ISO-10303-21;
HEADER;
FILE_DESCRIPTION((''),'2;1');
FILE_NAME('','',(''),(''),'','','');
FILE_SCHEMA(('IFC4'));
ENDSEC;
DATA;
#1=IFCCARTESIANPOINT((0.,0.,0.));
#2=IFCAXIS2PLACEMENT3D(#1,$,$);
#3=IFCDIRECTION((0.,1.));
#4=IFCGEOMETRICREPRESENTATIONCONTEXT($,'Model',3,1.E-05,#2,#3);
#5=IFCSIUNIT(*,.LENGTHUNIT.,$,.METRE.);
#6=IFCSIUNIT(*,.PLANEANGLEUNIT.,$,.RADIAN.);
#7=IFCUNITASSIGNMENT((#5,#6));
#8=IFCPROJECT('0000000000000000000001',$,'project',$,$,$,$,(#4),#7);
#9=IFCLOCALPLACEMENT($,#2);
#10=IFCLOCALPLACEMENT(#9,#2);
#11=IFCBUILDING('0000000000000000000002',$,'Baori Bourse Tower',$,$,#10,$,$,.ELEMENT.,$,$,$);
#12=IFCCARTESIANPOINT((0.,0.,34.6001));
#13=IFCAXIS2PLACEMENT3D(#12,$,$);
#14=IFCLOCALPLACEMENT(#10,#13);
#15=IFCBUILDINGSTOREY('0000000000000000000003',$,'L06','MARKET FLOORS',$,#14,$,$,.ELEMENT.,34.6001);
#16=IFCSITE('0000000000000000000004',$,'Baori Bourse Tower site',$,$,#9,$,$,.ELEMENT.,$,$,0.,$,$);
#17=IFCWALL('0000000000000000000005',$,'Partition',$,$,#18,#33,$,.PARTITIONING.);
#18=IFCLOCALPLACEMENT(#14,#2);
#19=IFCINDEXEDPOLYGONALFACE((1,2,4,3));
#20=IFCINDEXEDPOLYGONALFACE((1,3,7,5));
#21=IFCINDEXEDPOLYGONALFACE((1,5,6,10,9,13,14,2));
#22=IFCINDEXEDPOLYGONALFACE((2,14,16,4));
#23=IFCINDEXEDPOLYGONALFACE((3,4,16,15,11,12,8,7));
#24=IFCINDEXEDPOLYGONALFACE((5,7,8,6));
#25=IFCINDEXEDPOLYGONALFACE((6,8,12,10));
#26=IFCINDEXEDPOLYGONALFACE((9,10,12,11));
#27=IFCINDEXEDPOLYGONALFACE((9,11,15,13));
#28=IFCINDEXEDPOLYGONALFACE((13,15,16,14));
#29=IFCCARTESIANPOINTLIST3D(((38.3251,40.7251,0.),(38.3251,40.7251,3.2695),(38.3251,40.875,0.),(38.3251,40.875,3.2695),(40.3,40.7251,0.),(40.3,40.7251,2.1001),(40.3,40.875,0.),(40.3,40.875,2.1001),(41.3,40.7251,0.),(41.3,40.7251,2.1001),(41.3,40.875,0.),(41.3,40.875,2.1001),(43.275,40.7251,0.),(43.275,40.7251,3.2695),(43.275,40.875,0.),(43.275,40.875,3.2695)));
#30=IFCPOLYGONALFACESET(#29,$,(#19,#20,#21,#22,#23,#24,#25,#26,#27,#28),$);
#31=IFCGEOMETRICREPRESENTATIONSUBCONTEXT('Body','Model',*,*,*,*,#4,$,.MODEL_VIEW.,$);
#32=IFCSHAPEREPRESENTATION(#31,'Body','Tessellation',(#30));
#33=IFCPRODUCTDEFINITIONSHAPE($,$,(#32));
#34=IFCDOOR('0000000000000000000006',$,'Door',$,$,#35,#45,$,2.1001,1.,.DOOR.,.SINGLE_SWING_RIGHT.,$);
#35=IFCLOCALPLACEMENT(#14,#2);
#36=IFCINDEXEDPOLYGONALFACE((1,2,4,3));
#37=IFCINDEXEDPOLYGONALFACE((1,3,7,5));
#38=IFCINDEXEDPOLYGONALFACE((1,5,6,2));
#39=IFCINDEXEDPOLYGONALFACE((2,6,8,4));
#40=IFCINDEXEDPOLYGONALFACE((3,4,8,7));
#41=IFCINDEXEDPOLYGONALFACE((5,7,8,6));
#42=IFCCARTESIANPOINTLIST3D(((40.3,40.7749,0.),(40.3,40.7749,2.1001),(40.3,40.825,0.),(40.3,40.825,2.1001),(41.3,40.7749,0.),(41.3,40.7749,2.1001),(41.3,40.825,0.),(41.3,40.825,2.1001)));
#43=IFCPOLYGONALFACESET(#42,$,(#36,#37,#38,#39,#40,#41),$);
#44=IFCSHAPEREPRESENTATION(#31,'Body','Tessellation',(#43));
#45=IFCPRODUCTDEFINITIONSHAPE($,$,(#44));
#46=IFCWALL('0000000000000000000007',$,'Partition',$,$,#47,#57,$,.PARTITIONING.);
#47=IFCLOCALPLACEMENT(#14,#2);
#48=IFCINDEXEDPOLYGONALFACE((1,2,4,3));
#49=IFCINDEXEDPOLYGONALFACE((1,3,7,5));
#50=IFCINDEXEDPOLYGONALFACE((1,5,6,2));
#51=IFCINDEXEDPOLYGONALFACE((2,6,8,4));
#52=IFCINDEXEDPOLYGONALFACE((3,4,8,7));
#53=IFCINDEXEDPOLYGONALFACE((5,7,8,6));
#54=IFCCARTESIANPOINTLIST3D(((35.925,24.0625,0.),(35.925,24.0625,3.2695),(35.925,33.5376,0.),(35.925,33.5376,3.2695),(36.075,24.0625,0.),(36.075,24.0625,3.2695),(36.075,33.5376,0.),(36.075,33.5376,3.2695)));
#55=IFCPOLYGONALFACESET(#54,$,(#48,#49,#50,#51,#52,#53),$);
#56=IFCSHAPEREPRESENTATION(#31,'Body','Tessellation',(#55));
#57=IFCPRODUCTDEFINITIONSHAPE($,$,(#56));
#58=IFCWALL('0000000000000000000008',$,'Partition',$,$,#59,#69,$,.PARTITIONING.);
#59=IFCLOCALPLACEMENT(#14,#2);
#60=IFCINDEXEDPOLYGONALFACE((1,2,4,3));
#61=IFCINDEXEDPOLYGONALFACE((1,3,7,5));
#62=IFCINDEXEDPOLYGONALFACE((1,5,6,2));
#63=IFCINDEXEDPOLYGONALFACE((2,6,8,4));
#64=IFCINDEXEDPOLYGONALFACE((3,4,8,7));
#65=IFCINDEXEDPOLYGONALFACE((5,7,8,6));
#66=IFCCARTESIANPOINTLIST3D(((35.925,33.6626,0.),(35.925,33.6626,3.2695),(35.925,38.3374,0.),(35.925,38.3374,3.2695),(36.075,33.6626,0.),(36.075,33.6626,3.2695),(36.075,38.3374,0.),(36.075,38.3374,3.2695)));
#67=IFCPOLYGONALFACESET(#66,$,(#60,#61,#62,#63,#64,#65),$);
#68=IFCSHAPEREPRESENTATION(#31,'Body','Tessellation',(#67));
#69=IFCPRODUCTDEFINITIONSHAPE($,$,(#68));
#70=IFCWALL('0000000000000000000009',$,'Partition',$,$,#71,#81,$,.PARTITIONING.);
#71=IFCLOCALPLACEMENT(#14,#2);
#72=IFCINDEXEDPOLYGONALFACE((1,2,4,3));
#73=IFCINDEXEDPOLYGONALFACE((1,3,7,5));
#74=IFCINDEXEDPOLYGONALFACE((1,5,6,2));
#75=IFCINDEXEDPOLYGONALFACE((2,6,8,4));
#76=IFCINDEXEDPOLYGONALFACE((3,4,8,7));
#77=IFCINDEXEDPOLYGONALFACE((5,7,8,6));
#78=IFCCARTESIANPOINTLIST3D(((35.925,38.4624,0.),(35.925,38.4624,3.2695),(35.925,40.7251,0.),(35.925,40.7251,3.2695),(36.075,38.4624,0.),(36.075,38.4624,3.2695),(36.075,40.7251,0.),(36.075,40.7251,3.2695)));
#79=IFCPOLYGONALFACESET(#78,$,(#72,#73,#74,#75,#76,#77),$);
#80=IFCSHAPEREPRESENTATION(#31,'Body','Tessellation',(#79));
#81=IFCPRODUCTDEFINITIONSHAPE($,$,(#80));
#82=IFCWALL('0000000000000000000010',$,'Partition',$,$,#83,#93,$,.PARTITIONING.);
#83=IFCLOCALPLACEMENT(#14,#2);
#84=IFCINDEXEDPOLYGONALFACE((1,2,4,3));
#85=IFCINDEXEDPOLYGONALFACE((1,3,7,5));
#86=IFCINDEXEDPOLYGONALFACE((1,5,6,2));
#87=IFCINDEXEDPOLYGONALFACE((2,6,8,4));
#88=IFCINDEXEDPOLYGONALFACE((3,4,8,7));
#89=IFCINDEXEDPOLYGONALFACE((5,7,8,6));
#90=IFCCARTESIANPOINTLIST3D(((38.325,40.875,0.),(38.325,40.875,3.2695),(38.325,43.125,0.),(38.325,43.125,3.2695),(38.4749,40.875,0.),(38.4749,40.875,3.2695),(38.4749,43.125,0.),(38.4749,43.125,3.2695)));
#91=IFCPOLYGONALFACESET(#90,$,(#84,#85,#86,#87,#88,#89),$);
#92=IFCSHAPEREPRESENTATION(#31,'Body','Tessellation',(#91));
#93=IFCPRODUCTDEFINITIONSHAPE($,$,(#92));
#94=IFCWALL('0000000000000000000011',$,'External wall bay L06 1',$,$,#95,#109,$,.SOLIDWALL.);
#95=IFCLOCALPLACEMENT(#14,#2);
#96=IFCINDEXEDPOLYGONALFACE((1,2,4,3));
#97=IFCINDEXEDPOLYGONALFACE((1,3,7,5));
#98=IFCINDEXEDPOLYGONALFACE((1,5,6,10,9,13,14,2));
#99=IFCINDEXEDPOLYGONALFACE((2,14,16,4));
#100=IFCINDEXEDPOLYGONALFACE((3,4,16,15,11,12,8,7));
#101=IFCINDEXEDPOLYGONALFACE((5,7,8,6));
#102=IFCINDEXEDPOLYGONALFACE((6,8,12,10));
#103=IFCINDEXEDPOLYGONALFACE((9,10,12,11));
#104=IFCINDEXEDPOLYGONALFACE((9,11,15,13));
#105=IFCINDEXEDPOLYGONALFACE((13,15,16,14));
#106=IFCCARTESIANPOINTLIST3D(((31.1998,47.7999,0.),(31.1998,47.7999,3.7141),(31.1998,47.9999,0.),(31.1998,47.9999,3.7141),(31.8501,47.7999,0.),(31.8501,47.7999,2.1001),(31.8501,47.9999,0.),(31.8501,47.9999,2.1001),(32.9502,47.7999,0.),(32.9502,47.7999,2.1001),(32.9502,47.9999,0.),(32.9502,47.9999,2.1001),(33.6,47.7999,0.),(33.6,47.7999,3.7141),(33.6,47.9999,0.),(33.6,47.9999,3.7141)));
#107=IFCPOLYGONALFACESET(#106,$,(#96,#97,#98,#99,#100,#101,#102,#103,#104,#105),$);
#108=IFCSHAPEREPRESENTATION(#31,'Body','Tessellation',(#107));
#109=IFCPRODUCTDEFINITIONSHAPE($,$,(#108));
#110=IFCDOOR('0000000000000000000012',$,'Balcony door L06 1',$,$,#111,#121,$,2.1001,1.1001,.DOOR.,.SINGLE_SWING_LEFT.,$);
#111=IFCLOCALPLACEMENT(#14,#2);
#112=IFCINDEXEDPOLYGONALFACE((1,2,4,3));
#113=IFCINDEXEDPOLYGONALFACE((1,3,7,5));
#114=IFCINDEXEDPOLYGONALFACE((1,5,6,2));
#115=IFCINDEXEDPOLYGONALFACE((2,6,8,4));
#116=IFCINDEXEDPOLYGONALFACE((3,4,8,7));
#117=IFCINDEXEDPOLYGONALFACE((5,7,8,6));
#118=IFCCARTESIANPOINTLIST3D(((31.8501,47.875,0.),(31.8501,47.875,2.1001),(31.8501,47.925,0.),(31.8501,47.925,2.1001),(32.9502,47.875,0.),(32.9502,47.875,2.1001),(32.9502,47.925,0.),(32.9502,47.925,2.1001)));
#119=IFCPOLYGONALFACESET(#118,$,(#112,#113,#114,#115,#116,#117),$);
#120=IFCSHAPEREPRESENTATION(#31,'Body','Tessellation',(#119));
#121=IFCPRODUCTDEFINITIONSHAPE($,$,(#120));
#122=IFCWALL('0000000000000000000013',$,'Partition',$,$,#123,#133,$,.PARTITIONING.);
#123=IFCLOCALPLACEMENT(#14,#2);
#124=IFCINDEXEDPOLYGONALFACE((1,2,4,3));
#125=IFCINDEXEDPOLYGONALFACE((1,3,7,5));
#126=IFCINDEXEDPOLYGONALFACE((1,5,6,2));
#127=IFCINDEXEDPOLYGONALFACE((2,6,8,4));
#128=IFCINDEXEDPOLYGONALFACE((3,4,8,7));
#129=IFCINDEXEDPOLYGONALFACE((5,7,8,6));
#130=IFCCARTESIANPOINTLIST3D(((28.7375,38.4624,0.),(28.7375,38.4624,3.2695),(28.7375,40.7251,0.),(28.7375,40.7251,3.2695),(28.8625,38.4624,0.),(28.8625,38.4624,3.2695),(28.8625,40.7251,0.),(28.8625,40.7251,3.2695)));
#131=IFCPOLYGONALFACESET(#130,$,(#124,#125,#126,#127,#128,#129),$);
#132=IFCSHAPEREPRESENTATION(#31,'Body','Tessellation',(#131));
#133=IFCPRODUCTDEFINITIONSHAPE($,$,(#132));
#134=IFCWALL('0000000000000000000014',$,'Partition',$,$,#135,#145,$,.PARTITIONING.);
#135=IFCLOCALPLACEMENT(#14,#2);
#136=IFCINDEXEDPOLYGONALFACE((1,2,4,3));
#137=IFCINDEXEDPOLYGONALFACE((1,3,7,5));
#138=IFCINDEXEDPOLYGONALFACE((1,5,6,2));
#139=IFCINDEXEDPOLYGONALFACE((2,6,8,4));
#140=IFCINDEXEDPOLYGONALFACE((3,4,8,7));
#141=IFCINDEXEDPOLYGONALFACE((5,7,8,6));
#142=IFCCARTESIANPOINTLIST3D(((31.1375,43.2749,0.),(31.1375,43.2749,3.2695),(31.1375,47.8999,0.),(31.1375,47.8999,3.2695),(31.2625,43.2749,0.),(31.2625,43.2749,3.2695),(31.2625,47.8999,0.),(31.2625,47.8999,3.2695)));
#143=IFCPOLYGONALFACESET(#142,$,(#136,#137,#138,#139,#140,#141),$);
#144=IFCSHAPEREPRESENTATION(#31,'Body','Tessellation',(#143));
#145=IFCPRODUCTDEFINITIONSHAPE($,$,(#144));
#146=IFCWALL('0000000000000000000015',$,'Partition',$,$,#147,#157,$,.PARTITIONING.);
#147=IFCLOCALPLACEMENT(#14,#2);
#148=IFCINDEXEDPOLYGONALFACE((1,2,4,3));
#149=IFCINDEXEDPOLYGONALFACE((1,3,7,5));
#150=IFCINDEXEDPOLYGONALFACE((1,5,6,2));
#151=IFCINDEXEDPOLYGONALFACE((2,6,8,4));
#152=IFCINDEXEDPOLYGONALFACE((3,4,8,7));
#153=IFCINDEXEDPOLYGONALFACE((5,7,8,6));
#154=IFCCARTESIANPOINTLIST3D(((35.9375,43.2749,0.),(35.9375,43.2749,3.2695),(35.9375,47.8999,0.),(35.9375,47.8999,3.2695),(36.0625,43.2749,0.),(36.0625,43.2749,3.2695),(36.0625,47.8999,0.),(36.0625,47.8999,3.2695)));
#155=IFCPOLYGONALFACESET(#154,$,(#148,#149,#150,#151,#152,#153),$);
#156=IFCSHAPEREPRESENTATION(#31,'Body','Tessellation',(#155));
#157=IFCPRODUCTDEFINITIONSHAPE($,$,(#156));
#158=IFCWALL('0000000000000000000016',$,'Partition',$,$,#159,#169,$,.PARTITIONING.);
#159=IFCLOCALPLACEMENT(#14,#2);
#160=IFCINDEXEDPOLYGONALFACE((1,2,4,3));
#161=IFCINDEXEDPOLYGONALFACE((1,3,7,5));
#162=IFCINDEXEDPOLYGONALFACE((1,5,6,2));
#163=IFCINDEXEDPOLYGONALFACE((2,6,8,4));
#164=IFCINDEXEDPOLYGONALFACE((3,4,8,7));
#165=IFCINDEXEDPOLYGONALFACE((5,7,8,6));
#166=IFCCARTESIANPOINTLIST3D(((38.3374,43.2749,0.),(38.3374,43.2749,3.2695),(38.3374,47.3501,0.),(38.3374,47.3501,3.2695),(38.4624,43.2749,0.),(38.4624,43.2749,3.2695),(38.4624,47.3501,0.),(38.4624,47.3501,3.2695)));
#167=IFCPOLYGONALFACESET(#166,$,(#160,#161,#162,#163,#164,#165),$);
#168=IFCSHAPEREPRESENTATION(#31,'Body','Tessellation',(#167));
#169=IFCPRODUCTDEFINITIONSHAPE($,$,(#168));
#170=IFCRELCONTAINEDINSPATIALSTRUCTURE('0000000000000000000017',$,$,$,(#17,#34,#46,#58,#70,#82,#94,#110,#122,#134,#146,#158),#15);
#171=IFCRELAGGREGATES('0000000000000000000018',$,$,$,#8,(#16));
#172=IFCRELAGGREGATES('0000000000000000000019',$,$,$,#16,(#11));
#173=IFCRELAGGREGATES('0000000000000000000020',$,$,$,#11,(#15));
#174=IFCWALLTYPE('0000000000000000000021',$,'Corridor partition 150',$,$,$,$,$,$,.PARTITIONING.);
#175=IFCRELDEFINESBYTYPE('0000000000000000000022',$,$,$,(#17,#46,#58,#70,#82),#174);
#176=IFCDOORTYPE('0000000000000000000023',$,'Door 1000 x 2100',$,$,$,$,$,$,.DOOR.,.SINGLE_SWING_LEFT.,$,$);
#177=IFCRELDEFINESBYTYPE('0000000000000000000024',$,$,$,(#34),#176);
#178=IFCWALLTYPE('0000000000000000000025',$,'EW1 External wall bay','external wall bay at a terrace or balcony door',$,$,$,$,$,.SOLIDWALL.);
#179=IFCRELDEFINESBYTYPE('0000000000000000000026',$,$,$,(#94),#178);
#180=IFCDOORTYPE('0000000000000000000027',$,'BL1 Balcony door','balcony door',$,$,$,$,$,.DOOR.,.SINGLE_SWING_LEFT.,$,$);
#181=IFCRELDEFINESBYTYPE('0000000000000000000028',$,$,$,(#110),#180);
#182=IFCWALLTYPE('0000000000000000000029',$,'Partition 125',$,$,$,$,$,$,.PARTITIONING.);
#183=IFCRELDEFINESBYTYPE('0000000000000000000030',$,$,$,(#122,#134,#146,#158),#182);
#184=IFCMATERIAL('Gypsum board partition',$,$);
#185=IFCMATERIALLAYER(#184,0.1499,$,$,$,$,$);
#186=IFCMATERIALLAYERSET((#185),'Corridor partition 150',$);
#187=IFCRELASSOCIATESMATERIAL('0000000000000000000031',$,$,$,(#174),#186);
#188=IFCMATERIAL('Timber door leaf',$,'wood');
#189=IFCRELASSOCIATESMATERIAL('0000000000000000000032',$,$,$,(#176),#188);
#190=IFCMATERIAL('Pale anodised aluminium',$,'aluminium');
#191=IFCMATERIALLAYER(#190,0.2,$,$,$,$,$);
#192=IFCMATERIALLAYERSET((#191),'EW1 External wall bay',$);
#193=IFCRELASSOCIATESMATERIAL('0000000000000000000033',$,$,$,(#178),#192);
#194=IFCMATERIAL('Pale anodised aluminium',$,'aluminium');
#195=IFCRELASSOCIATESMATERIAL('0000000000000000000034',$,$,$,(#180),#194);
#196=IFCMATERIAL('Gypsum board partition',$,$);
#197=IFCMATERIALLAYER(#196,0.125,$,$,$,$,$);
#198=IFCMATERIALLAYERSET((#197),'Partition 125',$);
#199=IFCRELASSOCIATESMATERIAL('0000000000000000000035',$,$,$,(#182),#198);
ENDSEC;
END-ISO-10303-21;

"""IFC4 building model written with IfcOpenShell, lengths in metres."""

from ifc_helpers import new_model, si_unit, direction, frame, frame_2d, origin, place, context, subcontext, project, spatial, rectangle, extrude, material, layer, layer_set, type_object, element, fill, save


model = new_model("IFC4")

# Units and contexts
model_context = context("Model", 3, precision=1e-05, world=origin(), true_north=direction((0.0, 1.0)))
body_context = subcontext(model_context, "Body", "Model", "MODEL_VIEW")
ifc_project = project(units=[si_unit("LENGTHUNIT", "METRE"), si_unit("PLANEANGLEUNIT", "RADIAN")], contexts=[model_context])

# Site, building, storey
site_placement = place(None, origin())
site = spatial("IfcSite", under=ifc_project, at=site_placement, Name="Baori Bourse Tower site", CompositionType="ELEMENT", RefElevation=0.0)
building_placement = place(site_placement, origin())
building = spatial("IfcBuilding", under=site, at=building_placement, Name="Baori Bourse Tower", CompositionType="ELEMENT")
storey_placement = place(building_placement, frame((0.0, 0.0, 34.6001)))
storey = spatial("IfcBuildingStorey", under=building, at=storey_placement, Name="L06", Description="MARKET FLOORS", CompositionType="ELEMENT", Elevation=34.6001)

# Wall, opening, door
ifc_material_1 = material(Name="Gypsum board partition")
ifc_layer_1 = layer(ifc_material_1, 0.1499)
ifc_layer_set_1 = layer_set([ifc_layer_1], Name="Corridor partition 150")
wall_type_1 = type_object("IfcWallType", Name="Corridor partition 150", PredefinedType="PARTITIONING", material=ifc_layer_set_1)
wall_1_placement = place(storey_placement, frame((38.325, 40.8, 0.0), z_axis=(0.0, 0.0, 1.0), x_axis=(1.0, 0.0, 0.0)))
wall_1 = element("IfcWall", 1, at=wall_1_placement, inside=storey, type_object=wall_type_1, Name="Partition", PredefinedType="PARTITIONING", context=body_context, shape_type="SweptSolid", body=[
    extrude(rectangle(XDim=4.95, YDim=0.1499, at=frame_2d((2.4751, 0.0))), origin(), (0.0, 0.0, 1.0), 3.2695),
])
opening_1_placement = place(wall_1_placement, frame((1.9751, 0.0, 0.0)))
opening_1 = element("IfcOpeningElement", 2, at=opening_1_placement, cuts=wall_1, PredefinedType="OPENING", context=body_context, shape_type="SweptSolid", body=[
    extrude(rectangle(XDim=1.0, YDim=2.1001, at=frame_2d((0.5, 1.05))), frame((0.0, 0.085, 0.0), z_axis=(0.0, -1.0, 0.0), x_axis=(1.0, 0.0, 0.0)), (0.0, 0.0, 1.0), 0.1699),
])
ifc_material_2 = material(Name="Timber door leaf", Category="wood")
door_type_1 = type_object("IfcDoorType", Name="Door 1000 x 2100", OperationType="SINGLE_SWING_LEFT", PredefinedType="DOOR", material=ifc_material_2)
door_1_placement = place(opening_1_placement, origin())
door_1 = element("IfcDoor", 3, at=door_1_placement, inside=storey, type_object=door_type_1, Name="Door", OperationType="SINGLE_SWING_RIGHT", OverallHeight=2.1001, OverallWidth=1.0, PredefinedType="DOOR", context=body_context, shape_type="SweptSolid", body=[
    extrude(rectangle(XDim=1.0, YDim=2.1001, at=frame_2d((0.5, 1.05))), frame((0.0, 0.0249, 0.0), z_axis=(0.0, -1.0, 0.0), x_axis=(1.0, 0.0, 0.0)), (0.0, 0.0, 1.0), 0.05),
])
fill(opening_1, door_1)

# Walls
wall_2_placement = place(storey_placement, frame((36.0, 24.0625, 0.0), z_axis=(0.0, 0.0, 1.0), x_axis=(0.0, 1.0, 0.0)))
element("IfcWall", 4, at=wall_2_placement, inside=storey, type_object=wall_type_1, Name="Partition", PredefinedType="PARTITIONING", context=body_context, shape_type="SweptSolid", body=[
    extrude(rectangle(XDim=9.4751, YDim=0.1499, at=frame_2d((4.7375, 0.0))), origin(), (0.0, 0.0, 1.0), 3.2695),
])
wall_3_placement = place(storey_placement, frame((36.0, 33.6626, 0.0), z_axis=(0.0, 0.0, 1.0), x_axis=(0.0, 1.0, 0.0)))
element("IfcWall", 5, at=wall_3_placement, inside=storey, type_object=wall_type_1, Name="Partition", PredefinedType="PARTITIONING", context=body_context, shape_type="SweptSolid", body=[
    extrude(rectangle(XDim=4.6748, YDim=0.1499, at=frame_2d((2.3374, 0.0))), origin(), (0.0, 0.0, 1.0), 3.2695),
])
wall_4_placement = place(storey_placement, frame((36.0, 38.4624, 0.0), z_axis=(0.0, 0.0, 1.0), x_axis=(0.0, 1.0, 0.0)))
element("IfcWall", 6, at=wall_4_placement, inside=storey, type_object=wall_type_1, Name="Partition", PredefinedType="PARTITIONING", context=body_context, shape_type="SweptSolid", body=[
    extrude(rectangle(XDim=2.2627, YDim=0.1499, at=frame_2d((1.1313, 0.0))), origin(), (0.0, 0.0, 1.0), 3.2695),
])
wall_5_placement = place(storey_placement, frame((38.3999, 40.875, 0.0), z_axis=(0.0, 0.0, 1.0), x_axis=(0.0, 1.0, 0.0)))
element("IfcWall", 7, at=wall_5_placement, inside=storey, type_object=wall_type_1, Name="Partition", PredefinedType="PARTITIONING", context=body_context, shape_type="SweptSolid", body=[
    extrude(rectangle(XDim=2.25, YDim=0.1499, at=frame_2d((1.125, 0.0))), origin(), (0.0, 0.0, 1.0), 3.2695),
])

# Wall, opening, door
ifc_material_3 = material(Name="Pale anodised aluminium", Category="aluminium")
ifc_layer_2 = layer(ifc_material_3, 0.2)
ifc_layer_set_2 = layer_set([ifc_layer_2], Name="EW1 External wall bay")
wall_type_2 = type_object("IfcWallType", Name="EW1 External wall bay", Description="external wall bay at a terrace or balcony door", PredefinedType="SOLIDWALL", material=ifc_layer_set_2)
wall_6_placement = place(storey_placement, frame((33.6001, 47.8999, 0.0), z_axis=(0.0, 0.0, 1.0), x_axis=(-1.0, 0.0, 0.0)))
wall_6 = element("IfcWall", 8, at=wall_6_placement, inside=storey, type_object=wall_type_2, Name="External wall bay L06 1", PredefinedType="SOLIDWALL", context=body_context, shape_type="SweptSolid", body=[
    extrude(rectangle(XDim=2.4001, YDim=0.2, at=frame_2d((1.2002, 0.0))), origin(), (0.0, 0.0, 1.0), 3.7141),
])
opening_2_placement = place(wall_6_placement, frame((0.6499, 0.0, 0.0)))
opening_2 = element("IfcOpeningElement", 9, at=opening_2_placement, cuts=wall_6, PredefinedType="OPENING", context=body_context, shape_type="SweptSolid", body=[
    extrude(rectangle(XDim=1.1001, YDim=2.1001, at=frame_2d((0.55, 1.05))), frame((0.0, 0.1099, 0.0), z_axis=(0.0, -1.0, 0.0), x_axis=(1.0, 0.0, 0.0)), (0.0, 0.0, 1.0), 0.22),
])
ifc_material_4 = material(Name="Pale anodised aluminium", Category="aluminium")
door_type_2 = type_object("IfcDoorType", Name="BL1 Balcony door", Description="balcony door", OperationType="SINGLE_SWING_LEFT", PredefinedType="DOOR", material=ifc_material_4)
door_2_placement = place(opening_2_placement, origin())
door_2 = element("IfcDoor", 10, at=door_2_placement, inside=storey, type_object=door_type_2, Name="Balcony door L06 1", OperationType="SINGLE_SWING_LEFT", OverallHeight=2.1001, OverallWidth=1.1001, PredefinedType="DOOR", context=body_context, shape_type="SweptSolid", body=[
    extrude(rectangle(XDim=1.1001, YDim=2.1001, at=frame_2d((0.55, 1.05))), frame((0.0, 0.0249, 0.0), z_axis=(0.0, -1.0, 0.0), x_axis=(1.0, 0.0, 0.0)), (0.0, 0.0, 1.0), 0.05),
])
fill(opening_2, door_2)

# Walls
ifc_material_5 = material(Name="Gypsum board partition")
ifc_layer_3 = layer(ifc_material_5, 0.125)
ifc_layer_set_3 = layer_set([ifc_layer_3], Name="Partition 125")
wall_type_3 = type_object("IfcWallType", Name="Partition 125", PredefinedType="PARTITIONING", material=ifc_layer_set_3)
wall_7_placement = place(storey_placement, frame((28.8, 38.4624, 0.0), z_axis=(0.0, 0.0, 1.0), x_axis=(0.0, 1.0, 0.0)))
element("IfcWall", 11, at=wall_7_placement, inside=storey, type_object=wall_type_3, Name="Partition", PredefinedType="PARTITIONING", context=body_context, shape_type="SweptSolid", body=[
    extrude(rectangle(XDim=2.2627, YDim=0.125, at=frame_2d((1.1313, 0.0))), origin(), (0.0, 0.0, 1.0), 3.2695),
])
for number, where, z_axis, x_axis, name in (
    (12, (31.2, 43.2749, 0.0), (0.0, 0.0, 1.0), (0.0, 1.0, 0.0), "Partition"),
    (13, (36.0, 43.2749, 0.0), (0.0, 0.0, 1.0), (0.0, 1.0, 0.0), "Partition"),
):
    element("IfcWall", number, at=place(storey_placement, frame(where, z_axis=z_axis, x_axis=x_axis)), inside=storey, type_object=wall_type_3, Name=name, PredefinedType="PARTITIONING", context=body_context, shape_type="SweptSolid", body=[
        extrude(rectangle(XDim=4.625, YDim=0.125, at=frame_2d((2.3125, 0.0))), origin(), (0.0, 0.0, 1.0), 3.2695),
    ])
wall_8_placement = place(storey_placement, frame((38.3999, 43.2749, 0.0), z_axis=(0.0, 0.0, 1.0), x_axis=(0.0, 1.0, 0.0)))
element("IfcWall", 14, at=wall_8_placement, inside=storey, type_object=wall_type_3, Name="Partition", PredefinedType="PARTITIONING", context=body_context, shape_type="SweptSolid", body=[
    extrude(rectangle(XDim=4.0752, YDim=0.125, at=frame_2d((2.0376, 0.0))), origin(), (0.0, 0.0, 1.0), 3.2695),
])

save(model, "model.ifc")
